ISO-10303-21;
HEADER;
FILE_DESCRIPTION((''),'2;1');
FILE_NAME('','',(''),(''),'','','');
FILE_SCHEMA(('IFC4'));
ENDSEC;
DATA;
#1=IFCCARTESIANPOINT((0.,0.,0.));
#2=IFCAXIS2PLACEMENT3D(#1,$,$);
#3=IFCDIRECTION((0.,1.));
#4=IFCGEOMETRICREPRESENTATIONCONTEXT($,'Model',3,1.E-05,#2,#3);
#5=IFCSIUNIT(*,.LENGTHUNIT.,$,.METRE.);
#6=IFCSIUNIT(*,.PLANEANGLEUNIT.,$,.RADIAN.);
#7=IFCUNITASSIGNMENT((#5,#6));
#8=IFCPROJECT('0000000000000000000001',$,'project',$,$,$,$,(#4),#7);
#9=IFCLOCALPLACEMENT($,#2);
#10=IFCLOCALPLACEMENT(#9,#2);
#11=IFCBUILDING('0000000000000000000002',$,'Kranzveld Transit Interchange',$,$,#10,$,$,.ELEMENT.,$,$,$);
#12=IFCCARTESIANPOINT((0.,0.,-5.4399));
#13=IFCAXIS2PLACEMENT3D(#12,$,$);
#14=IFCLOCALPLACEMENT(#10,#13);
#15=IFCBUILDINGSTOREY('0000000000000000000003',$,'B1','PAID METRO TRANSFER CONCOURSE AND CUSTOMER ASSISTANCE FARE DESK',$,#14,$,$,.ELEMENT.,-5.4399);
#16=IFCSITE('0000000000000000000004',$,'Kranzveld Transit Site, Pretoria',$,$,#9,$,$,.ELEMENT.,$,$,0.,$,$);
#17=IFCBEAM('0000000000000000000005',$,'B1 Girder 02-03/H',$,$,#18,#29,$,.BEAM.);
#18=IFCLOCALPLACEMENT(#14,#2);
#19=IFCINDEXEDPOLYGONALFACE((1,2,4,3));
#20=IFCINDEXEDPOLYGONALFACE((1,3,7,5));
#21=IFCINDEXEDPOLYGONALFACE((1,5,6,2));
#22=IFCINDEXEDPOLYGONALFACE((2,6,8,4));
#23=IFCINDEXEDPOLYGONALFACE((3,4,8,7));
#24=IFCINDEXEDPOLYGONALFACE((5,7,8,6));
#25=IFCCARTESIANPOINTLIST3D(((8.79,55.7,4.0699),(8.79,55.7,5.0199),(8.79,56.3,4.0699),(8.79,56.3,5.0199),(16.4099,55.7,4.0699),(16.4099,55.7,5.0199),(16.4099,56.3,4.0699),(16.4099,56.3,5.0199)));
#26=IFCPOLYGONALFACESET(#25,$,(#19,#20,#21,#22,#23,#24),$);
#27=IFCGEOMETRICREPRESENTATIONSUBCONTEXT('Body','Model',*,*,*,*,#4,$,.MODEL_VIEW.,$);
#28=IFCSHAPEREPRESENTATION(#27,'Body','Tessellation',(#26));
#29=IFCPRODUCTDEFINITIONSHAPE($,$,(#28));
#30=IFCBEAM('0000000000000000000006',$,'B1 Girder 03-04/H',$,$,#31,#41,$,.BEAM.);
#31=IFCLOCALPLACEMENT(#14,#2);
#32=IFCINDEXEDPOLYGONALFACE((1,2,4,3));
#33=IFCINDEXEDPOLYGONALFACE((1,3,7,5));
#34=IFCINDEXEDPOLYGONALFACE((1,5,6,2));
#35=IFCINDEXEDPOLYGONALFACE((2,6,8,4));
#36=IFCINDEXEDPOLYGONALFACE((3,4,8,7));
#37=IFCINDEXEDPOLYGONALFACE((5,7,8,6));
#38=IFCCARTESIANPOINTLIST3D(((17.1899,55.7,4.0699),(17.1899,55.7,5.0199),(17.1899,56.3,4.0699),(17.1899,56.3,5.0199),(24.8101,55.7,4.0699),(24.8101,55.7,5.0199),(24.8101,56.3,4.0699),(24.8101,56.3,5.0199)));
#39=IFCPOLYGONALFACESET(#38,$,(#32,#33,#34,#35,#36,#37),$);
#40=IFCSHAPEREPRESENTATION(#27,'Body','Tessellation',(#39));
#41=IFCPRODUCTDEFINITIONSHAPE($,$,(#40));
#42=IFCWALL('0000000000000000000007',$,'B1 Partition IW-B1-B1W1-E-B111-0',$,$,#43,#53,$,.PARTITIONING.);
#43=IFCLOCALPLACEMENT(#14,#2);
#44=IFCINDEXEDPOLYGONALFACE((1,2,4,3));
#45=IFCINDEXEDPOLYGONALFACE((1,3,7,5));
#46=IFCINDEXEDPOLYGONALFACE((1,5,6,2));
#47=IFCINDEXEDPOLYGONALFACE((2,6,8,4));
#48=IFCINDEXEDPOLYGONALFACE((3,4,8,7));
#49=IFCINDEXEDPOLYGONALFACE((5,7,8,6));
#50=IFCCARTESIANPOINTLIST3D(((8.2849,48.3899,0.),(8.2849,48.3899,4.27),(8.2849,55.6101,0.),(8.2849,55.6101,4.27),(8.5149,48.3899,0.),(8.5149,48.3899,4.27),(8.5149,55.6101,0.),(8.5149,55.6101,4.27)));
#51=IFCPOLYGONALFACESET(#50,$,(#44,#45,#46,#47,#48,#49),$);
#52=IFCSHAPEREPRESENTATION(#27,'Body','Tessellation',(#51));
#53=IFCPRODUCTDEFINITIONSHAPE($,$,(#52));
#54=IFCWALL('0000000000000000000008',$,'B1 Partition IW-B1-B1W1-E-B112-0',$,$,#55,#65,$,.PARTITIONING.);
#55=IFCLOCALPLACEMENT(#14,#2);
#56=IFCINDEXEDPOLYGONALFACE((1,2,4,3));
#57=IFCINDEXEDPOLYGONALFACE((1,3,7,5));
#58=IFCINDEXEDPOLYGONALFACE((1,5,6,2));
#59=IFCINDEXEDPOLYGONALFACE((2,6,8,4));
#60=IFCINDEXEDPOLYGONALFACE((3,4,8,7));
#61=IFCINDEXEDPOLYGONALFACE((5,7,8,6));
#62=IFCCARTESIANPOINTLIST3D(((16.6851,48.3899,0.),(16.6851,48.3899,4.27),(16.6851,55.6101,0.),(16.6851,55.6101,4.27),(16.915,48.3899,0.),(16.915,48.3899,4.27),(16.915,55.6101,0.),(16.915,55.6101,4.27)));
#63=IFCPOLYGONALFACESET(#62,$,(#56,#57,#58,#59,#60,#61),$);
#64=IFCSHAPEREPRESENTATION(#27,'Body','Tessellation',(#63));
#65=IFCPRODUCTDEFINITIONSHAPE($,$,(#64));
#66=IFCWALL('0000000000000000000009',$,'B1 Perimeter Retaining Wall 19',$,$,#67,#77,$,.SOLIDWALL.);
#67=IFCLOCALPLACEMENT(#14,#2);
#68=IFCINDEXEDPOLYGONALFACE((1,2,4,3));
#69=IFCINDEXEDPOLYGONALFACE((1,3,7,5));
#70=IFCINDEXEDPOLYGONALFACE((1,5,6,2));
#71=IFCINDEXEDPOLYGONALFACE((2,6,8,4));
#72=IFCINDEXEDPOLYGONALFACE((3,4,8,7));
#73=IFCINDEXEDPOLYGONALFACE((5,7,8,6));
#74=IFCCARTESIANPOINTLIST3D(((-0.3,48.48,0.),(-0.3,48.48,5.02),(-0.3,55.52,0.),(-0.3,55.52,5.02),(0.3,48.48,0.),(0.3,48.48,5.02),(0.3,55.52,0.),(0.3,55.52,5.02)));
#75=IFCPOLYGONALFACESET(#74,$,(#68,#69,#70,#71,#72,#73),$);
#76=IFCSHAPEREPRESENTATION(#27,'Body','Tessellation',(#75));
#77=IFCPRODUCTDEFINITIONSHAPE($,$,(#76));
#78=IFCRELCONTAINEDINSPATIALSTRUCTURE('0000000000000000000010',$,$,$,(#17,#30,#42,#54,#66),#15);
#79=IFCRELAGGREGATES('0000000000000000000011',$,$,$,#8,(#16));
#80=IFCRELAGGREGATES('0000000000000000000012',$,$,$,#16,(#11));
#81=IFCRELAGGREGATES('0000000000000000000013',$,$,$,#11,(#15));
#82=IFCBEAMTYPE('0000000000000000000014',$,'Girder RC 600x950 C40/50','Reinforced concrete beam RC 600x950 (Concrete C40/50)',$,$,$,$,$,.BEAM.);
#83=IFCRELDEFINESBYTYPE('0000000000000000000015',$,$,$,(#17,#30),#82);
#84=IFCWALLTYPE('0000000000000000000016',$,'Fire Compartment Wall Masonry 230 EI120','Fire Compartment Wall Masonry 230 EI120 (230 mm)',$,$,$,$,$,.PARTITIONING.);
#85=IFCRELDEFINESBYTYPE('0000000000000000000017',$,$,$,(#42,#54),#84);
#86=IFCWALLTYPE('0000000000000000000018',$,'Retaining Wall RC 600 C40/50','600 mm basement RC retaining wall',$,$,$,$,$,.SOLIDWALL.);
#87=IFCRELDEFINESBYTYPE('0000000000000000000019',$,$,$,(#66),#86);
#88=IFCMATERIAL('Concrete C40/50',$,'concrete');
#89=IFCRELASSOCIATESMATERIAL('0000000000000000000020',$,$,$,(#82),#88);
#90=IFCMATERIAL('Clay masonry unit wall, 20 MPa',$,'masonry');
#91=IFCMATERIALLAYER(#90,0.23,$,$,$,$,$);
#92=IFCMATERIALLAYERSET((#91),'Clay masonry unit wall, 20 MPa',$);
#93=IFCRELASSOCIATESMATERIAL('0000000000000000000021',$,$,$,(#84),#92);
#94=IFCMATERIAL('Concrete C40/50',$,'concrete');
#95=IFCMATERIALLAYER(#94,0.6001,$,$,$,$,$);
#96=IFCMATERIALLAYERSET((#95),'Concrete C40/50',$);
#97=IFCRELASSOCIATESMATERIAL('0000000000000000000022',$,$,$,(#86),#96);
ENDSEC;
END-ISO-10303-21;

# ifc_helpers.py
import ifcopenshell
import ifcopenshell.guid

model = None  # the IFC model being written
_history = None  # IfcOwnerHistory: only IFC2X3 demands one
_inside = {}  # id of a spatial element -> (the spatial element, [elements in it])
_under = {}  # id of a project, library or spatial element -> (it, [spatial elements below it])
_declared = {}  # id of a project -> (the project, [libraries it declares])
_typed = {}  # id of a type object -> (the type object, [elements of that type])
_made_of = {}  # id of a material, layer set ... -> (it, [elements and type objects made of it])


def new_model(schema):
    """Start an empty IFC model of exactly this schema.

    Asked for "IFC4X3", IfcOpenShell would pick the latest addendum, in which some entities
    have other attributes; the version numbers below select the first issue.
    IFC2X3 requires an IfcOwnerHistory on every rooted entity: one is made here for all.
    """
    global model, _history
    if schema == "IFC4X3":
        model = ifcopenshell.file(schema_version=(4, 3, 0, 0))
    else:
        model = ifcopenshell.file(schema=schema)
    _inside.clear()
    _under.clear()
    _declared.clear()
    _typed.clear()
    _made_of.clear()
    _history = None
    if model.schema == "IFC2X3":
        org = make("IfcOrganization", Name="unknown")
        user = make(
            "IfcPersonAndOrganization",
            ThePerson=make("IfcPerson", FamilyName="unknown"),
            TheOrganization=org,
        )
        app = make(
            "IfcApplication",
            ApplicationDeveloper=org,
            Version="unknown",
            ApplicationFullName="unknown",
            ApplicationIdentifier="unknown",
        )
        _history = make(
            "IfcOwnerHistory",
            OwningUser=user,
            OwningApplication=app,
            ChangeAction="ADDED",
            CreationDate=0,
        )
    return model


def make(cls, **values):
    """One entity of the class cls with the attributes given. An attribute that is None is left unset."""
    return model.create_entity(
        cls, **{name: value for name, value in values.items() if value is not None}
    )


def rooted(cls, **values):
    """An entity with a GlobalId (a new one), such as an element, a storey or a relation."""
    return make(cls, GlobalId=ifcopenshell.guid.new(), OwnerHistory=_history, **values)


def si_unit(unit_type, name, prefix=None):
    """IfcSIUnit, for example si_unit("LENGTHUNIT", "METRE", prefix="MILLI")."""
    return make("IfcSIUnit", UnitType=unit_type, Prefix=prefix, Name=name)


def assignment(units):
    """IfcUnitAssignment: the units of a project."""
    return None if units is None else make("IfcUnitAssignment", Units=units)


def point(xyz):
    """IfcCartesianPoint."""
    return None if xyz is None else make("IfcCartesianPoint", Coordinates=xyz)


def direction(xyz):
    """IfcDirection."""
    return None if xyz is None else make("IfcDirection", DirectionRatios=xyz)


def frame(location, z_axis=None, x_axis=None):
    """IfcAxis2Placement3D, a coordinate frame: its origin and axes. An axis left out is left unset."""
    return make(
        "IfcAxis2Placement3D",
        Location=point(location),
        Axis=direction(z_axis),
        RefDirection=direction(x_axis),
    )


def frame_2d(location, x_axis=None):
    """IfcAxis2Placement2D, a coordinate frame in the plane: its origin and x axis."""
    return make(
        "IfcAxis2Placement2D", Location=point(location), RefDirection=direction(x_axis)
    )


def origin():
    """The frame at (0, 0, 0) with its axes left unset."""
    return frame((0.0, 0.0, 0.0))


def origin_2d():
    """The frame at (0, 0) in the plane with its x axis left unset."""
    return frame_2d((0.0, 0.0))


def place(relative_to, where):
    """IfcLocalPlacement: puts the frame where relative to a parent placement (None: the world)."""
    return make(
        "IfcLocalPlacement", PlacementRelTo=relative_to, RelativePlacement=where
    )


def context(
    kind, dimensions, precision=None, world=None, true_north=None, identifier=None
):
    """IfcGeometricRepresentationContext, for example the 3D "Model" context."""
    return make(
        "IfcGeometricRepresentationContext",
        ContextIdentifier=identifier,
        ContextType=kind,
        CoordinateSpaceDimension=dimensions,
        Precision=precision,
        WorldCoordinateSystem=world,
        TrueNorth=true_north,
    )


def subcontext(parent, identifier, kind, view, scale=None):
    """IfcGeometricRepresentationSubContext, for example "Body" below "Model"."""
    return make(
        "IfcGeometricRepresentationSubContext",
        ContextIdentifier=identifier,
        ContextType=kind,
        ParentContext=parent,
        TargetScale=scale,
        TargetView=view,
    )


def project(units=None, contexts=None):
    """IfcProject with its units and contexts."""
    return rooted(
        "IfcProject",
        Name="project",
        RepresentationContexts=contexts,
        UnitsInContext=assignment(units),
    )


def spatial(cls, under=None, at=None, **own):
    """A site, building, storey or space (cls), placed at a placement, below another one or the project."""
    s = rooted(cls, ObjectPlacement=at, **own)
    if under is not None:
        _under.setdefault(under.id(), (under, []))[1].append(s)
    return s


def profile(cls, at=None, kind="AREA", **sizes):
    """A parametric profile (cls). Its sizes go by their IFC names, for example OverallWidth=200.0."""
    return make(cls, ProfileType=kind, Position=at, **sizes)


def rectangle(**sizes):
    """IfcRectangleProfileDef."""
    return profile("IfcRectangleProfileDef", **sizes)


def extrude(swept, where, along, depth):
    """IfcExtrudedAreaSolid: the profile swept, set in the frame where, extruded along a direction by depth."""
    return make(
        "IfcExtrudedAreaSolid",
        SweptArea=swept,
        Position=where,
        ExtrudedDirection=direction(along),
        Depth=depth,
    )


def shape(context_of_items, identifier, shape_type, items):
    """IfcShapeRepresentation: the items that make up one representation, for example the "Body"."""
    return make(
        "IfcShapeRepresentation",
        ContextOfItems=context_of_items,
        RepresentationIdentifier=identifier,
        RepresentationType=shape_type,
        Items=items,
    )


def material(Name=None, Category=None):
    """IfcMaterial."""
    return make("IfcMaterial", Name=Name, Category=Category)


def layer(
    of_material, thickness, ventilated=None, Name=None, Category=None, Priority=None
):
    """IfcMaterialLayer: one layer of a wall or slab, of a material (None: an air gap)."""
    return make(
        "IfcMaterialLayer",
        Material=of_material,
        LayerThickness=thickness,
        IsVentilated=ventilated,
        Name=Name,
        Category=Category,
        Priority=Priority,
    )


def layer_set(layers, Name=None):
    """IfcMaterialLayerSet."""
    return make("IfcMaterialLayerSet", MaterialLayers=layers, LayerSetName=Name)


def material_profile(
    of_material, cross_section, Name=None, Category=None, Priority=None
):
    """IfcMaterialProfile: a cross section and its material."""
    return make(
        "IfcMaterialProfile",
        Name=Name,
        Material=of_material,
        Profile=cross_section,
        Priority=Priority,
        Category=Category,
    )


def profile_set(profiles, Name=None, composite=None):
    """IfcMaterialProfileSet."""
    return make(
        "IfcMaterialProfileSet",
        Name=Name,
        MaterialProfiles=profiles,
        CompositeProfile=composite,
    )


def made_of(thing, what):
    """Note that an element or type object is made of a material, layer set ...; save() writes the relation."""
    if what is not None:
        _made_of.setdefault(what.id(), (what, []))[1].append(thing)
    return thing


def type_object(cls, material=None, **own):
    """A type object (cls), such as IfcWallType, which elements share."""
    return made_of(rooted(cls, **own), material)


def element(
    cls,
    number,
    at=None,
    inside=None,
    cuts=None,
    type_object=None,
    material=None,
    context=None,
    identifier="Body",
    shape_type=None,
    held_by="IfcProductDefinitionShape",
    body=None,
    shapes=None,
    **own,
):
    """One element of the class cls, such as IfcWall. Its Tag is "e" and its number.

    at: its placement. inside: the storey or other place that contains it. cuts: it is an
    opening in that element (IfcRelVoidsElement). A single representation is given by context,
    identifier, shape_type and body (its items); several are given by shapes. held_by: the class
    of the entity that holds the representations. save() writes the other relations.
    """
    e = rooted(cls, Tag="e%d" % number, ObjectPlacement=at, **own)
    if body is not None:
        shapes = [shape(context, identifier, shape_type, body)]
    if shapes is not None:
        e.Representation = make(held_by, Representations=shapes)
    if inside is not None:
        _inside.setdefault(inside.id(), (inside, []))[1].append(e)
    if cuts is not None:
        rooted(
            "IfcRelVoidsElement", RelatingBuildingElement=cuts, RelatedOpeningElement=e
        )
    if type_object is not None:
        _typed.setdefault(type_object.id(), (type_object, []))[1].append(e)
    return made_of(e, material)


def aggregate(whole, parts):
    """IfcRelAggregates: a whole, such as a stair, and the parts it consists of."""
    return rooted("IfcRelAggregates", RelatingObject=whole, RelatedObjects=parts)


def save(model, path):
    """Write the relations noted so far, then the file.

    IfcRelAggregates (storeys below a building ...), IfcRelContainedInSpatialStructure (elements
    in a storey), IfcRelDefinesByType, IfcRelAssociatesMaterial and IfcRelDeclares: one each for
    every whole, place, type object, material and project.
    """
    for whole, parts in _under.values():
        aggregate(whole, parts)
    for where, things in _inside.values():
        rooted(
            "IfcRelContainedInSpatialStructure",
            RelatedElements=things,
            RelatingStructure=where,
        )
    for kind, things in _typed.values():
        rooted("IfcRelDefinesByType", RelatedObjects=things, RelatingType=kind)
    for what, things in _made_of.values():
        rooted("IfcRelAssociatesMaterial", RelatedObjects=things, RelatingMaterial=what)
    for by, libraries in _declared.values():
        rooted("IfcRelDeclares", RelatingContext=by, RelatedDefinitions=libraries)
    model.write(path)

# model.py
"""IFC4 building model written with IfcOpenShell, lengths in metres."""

from ifc_helpers import new_model, si_unit, direction, frame, frame_2d, origin, origin_2d, place, context, subcontext, project, spatial, rectangle, extrude, material, layer, layer_set, material_profile, profile_set, type_object, element, save


model = new_model("IFC4")

# Units and contexts
model_context = context("Model", 3, precision=1e-05, world=origin(), true_north=direction((0.0, 1.0)))
body_context = subcontext(model_context, "Body", "Model", "MODEL_VIEW")
ifc_project = project(units=[si_unit("LENGTHUNIT", "METRE"), si_unit("PLANEANGLEUNIT", "RADIAN")], contexts=[model_context])

# Site, building, storey
site_placement = place(None, origin())
site = spatial("IfcSite", under=ifc_project, at=site_placement, Name="Kranzveld Transit Site, Pretoria", CompositionType="ELEMENT", RefElevation=0.0)
building_placement = place(site_placement, origin())
building = spatial("IfcBuilding", under=site, at=building_placement, Name="Kranzveld Transit Interchange", CompositionType="ELEMENT")
storey_placement = place(building_placement, frame((0.0, 0.0, -5.4399)))
storey = spatial("IfcBuildingStorey", under=building, at=storey_placement, Name="B1", Description="PAID METRO TRANSFER CONCOURSE AND CUSTOMER ASSISTANCE FARE DESK", CompositionType="ELEMENT", Elevation=-5.4399)

# Beams
ifc_material_1 = material(Name="Concrete C40/50", Category="concrete")
ifc_material_profile_1 = material_profile(ifc_material_1, rectangle(XDim=0.6001, YDim=0.95, at=origin_2d()), Name="RC 600x950")
ifc_profile_set_1 = profile_set([ifc_material_profile_1], Name="Concrete C40/50")
beam_type_1 = type_object("IfcBeamType", Name="Girder RC 600x950 C40/50", Description="Reinforced concrete beam RC 600x950 (Concrete C40/50)", PredefinedType="BEAM", material=ifc_profile_set_1)
beam_1_placement = place(storey_placement, frame((8.79, 56.0, 4.5449), z_axis=(1.0, 0.0, 0.0), x_axis=(0.0, 1.0, 0.0)))
element("IfcBeam", 1, at=beam_1_placement, inside=storey, type_object=beam_type_1, Name="B1 Girder 02-03/H", PredefinedType="BEAM", context=body_context, shape_type="SweptSolid", body=[
    extrude(rectangle(XDim=0.6001, YDim=0.95, at=origin_2d()), origin(), (0.0, 0.0, 1.0), 7.6199),
])
beam_2_placement = place(storey_placement, frame((17.1899, 56.0, 4.5449), z_axis=(1.0, 0.0, 0.0), x_axis=(0.0, 1.0, 0.0)))
element("IfcBeam", 2, at=beam_2_placement, inside=storey, type_object=beam_type_1, Name="B1 Girder 03-04/H", PredefinedType="BEAM", context=body_context, shape_type="SweptSolid", body=[
    extrude(rectangle(XDim=0.6001, YDim=0.95, at=origin_2d()), origin(), (0.0, 0.0, 1.0), 7.6201),
])

# Walls
ifc_material_2 = material(Name="Clay masonry unit wall, 20 MPa", Category="masonry")
ifc_layer_1 = layer(ifc_material_2, 0.23)
ifc_layer_set_1 = layer_set([ifc_layer_1], Name="Clay masonry unit wall, 20 MPa")
wall_type_1 = type_object("IfcWallType", Name="Fire Compartment Wall Masonry 230 EI120", Description="Fire Compartment Wall Masonry 230 EI120 (230 mm)", PredefinedType="PARTITIONING", material=ifc_layer_set_1)
for number, where, z_axis, x_axis, name in (
    (3, (8.3999, 48.3899, 0.0), (0.0, 0.0, 1.0), (0.0, 1.0, 0.0), "B1 Partition IW-B1-B1W1-E-B111-0"),
    (4, (16.8, 48.3899, 0.0), (0.0, 0.0, 1.0), (0.0, 1.0, 0.0), "B1 Partition IW-B1-B1W1-E-B112-0"),
):
    element("IfcWall", number, at=place(storey_placement, frame(where, z_axis=z_axis, x_axis=x_axis)), inside=storey, type_object=wall_type_1, Name=name, PredefinedType="PARTITIONING", context=body_context, shape_type="SweptSolid", body=[
        extrude(rectangle(XDim=7.2202, YDim=0.23, at=frame_2d((3.6101, 0.0))), origin(), (0.0, 0.0, 1.0), 4.27),
    ])
ifc_material_3 = material(Name="Concrete C40/50", Category="concrete")
ifc_layer_2 = layer(ifc_material_3, 0.6001)
ifc_layer_set_2 = layer_set([ifc_layer_2], Name="Concrete C40/50")
wall_type_2 = type_object("IfcWallType", Name="Retaining Wall RC 600 C40/50", Description="600 mm basement RC retaining wall", PredefinedType="SOLIDWALL", material=ifc_layer_set_2)
wall_placement = place(storey_placement, frame((0.0, 48.48, 0.0), z_axis=(0.0, 0.0, 1.0), x_axis=(0.0, 1.0, 0.0)))
element("IfcWall", 5, at=wall_placement, inside=storey, type_object=wall_type_2, Name="B1 Perimeter Retaining Wall 19", PredefinedType="SOLIDWALL", context=body_context, shape_type="SweptSolid", body=[
    extrude(rectangle(XDim=7.04, YDim=0.6001, at=frame_2d((3.52, 0.0))), origin(), (0.0, 0.0, 1.0), 5.02),
])

save(model, "model.ifc")
